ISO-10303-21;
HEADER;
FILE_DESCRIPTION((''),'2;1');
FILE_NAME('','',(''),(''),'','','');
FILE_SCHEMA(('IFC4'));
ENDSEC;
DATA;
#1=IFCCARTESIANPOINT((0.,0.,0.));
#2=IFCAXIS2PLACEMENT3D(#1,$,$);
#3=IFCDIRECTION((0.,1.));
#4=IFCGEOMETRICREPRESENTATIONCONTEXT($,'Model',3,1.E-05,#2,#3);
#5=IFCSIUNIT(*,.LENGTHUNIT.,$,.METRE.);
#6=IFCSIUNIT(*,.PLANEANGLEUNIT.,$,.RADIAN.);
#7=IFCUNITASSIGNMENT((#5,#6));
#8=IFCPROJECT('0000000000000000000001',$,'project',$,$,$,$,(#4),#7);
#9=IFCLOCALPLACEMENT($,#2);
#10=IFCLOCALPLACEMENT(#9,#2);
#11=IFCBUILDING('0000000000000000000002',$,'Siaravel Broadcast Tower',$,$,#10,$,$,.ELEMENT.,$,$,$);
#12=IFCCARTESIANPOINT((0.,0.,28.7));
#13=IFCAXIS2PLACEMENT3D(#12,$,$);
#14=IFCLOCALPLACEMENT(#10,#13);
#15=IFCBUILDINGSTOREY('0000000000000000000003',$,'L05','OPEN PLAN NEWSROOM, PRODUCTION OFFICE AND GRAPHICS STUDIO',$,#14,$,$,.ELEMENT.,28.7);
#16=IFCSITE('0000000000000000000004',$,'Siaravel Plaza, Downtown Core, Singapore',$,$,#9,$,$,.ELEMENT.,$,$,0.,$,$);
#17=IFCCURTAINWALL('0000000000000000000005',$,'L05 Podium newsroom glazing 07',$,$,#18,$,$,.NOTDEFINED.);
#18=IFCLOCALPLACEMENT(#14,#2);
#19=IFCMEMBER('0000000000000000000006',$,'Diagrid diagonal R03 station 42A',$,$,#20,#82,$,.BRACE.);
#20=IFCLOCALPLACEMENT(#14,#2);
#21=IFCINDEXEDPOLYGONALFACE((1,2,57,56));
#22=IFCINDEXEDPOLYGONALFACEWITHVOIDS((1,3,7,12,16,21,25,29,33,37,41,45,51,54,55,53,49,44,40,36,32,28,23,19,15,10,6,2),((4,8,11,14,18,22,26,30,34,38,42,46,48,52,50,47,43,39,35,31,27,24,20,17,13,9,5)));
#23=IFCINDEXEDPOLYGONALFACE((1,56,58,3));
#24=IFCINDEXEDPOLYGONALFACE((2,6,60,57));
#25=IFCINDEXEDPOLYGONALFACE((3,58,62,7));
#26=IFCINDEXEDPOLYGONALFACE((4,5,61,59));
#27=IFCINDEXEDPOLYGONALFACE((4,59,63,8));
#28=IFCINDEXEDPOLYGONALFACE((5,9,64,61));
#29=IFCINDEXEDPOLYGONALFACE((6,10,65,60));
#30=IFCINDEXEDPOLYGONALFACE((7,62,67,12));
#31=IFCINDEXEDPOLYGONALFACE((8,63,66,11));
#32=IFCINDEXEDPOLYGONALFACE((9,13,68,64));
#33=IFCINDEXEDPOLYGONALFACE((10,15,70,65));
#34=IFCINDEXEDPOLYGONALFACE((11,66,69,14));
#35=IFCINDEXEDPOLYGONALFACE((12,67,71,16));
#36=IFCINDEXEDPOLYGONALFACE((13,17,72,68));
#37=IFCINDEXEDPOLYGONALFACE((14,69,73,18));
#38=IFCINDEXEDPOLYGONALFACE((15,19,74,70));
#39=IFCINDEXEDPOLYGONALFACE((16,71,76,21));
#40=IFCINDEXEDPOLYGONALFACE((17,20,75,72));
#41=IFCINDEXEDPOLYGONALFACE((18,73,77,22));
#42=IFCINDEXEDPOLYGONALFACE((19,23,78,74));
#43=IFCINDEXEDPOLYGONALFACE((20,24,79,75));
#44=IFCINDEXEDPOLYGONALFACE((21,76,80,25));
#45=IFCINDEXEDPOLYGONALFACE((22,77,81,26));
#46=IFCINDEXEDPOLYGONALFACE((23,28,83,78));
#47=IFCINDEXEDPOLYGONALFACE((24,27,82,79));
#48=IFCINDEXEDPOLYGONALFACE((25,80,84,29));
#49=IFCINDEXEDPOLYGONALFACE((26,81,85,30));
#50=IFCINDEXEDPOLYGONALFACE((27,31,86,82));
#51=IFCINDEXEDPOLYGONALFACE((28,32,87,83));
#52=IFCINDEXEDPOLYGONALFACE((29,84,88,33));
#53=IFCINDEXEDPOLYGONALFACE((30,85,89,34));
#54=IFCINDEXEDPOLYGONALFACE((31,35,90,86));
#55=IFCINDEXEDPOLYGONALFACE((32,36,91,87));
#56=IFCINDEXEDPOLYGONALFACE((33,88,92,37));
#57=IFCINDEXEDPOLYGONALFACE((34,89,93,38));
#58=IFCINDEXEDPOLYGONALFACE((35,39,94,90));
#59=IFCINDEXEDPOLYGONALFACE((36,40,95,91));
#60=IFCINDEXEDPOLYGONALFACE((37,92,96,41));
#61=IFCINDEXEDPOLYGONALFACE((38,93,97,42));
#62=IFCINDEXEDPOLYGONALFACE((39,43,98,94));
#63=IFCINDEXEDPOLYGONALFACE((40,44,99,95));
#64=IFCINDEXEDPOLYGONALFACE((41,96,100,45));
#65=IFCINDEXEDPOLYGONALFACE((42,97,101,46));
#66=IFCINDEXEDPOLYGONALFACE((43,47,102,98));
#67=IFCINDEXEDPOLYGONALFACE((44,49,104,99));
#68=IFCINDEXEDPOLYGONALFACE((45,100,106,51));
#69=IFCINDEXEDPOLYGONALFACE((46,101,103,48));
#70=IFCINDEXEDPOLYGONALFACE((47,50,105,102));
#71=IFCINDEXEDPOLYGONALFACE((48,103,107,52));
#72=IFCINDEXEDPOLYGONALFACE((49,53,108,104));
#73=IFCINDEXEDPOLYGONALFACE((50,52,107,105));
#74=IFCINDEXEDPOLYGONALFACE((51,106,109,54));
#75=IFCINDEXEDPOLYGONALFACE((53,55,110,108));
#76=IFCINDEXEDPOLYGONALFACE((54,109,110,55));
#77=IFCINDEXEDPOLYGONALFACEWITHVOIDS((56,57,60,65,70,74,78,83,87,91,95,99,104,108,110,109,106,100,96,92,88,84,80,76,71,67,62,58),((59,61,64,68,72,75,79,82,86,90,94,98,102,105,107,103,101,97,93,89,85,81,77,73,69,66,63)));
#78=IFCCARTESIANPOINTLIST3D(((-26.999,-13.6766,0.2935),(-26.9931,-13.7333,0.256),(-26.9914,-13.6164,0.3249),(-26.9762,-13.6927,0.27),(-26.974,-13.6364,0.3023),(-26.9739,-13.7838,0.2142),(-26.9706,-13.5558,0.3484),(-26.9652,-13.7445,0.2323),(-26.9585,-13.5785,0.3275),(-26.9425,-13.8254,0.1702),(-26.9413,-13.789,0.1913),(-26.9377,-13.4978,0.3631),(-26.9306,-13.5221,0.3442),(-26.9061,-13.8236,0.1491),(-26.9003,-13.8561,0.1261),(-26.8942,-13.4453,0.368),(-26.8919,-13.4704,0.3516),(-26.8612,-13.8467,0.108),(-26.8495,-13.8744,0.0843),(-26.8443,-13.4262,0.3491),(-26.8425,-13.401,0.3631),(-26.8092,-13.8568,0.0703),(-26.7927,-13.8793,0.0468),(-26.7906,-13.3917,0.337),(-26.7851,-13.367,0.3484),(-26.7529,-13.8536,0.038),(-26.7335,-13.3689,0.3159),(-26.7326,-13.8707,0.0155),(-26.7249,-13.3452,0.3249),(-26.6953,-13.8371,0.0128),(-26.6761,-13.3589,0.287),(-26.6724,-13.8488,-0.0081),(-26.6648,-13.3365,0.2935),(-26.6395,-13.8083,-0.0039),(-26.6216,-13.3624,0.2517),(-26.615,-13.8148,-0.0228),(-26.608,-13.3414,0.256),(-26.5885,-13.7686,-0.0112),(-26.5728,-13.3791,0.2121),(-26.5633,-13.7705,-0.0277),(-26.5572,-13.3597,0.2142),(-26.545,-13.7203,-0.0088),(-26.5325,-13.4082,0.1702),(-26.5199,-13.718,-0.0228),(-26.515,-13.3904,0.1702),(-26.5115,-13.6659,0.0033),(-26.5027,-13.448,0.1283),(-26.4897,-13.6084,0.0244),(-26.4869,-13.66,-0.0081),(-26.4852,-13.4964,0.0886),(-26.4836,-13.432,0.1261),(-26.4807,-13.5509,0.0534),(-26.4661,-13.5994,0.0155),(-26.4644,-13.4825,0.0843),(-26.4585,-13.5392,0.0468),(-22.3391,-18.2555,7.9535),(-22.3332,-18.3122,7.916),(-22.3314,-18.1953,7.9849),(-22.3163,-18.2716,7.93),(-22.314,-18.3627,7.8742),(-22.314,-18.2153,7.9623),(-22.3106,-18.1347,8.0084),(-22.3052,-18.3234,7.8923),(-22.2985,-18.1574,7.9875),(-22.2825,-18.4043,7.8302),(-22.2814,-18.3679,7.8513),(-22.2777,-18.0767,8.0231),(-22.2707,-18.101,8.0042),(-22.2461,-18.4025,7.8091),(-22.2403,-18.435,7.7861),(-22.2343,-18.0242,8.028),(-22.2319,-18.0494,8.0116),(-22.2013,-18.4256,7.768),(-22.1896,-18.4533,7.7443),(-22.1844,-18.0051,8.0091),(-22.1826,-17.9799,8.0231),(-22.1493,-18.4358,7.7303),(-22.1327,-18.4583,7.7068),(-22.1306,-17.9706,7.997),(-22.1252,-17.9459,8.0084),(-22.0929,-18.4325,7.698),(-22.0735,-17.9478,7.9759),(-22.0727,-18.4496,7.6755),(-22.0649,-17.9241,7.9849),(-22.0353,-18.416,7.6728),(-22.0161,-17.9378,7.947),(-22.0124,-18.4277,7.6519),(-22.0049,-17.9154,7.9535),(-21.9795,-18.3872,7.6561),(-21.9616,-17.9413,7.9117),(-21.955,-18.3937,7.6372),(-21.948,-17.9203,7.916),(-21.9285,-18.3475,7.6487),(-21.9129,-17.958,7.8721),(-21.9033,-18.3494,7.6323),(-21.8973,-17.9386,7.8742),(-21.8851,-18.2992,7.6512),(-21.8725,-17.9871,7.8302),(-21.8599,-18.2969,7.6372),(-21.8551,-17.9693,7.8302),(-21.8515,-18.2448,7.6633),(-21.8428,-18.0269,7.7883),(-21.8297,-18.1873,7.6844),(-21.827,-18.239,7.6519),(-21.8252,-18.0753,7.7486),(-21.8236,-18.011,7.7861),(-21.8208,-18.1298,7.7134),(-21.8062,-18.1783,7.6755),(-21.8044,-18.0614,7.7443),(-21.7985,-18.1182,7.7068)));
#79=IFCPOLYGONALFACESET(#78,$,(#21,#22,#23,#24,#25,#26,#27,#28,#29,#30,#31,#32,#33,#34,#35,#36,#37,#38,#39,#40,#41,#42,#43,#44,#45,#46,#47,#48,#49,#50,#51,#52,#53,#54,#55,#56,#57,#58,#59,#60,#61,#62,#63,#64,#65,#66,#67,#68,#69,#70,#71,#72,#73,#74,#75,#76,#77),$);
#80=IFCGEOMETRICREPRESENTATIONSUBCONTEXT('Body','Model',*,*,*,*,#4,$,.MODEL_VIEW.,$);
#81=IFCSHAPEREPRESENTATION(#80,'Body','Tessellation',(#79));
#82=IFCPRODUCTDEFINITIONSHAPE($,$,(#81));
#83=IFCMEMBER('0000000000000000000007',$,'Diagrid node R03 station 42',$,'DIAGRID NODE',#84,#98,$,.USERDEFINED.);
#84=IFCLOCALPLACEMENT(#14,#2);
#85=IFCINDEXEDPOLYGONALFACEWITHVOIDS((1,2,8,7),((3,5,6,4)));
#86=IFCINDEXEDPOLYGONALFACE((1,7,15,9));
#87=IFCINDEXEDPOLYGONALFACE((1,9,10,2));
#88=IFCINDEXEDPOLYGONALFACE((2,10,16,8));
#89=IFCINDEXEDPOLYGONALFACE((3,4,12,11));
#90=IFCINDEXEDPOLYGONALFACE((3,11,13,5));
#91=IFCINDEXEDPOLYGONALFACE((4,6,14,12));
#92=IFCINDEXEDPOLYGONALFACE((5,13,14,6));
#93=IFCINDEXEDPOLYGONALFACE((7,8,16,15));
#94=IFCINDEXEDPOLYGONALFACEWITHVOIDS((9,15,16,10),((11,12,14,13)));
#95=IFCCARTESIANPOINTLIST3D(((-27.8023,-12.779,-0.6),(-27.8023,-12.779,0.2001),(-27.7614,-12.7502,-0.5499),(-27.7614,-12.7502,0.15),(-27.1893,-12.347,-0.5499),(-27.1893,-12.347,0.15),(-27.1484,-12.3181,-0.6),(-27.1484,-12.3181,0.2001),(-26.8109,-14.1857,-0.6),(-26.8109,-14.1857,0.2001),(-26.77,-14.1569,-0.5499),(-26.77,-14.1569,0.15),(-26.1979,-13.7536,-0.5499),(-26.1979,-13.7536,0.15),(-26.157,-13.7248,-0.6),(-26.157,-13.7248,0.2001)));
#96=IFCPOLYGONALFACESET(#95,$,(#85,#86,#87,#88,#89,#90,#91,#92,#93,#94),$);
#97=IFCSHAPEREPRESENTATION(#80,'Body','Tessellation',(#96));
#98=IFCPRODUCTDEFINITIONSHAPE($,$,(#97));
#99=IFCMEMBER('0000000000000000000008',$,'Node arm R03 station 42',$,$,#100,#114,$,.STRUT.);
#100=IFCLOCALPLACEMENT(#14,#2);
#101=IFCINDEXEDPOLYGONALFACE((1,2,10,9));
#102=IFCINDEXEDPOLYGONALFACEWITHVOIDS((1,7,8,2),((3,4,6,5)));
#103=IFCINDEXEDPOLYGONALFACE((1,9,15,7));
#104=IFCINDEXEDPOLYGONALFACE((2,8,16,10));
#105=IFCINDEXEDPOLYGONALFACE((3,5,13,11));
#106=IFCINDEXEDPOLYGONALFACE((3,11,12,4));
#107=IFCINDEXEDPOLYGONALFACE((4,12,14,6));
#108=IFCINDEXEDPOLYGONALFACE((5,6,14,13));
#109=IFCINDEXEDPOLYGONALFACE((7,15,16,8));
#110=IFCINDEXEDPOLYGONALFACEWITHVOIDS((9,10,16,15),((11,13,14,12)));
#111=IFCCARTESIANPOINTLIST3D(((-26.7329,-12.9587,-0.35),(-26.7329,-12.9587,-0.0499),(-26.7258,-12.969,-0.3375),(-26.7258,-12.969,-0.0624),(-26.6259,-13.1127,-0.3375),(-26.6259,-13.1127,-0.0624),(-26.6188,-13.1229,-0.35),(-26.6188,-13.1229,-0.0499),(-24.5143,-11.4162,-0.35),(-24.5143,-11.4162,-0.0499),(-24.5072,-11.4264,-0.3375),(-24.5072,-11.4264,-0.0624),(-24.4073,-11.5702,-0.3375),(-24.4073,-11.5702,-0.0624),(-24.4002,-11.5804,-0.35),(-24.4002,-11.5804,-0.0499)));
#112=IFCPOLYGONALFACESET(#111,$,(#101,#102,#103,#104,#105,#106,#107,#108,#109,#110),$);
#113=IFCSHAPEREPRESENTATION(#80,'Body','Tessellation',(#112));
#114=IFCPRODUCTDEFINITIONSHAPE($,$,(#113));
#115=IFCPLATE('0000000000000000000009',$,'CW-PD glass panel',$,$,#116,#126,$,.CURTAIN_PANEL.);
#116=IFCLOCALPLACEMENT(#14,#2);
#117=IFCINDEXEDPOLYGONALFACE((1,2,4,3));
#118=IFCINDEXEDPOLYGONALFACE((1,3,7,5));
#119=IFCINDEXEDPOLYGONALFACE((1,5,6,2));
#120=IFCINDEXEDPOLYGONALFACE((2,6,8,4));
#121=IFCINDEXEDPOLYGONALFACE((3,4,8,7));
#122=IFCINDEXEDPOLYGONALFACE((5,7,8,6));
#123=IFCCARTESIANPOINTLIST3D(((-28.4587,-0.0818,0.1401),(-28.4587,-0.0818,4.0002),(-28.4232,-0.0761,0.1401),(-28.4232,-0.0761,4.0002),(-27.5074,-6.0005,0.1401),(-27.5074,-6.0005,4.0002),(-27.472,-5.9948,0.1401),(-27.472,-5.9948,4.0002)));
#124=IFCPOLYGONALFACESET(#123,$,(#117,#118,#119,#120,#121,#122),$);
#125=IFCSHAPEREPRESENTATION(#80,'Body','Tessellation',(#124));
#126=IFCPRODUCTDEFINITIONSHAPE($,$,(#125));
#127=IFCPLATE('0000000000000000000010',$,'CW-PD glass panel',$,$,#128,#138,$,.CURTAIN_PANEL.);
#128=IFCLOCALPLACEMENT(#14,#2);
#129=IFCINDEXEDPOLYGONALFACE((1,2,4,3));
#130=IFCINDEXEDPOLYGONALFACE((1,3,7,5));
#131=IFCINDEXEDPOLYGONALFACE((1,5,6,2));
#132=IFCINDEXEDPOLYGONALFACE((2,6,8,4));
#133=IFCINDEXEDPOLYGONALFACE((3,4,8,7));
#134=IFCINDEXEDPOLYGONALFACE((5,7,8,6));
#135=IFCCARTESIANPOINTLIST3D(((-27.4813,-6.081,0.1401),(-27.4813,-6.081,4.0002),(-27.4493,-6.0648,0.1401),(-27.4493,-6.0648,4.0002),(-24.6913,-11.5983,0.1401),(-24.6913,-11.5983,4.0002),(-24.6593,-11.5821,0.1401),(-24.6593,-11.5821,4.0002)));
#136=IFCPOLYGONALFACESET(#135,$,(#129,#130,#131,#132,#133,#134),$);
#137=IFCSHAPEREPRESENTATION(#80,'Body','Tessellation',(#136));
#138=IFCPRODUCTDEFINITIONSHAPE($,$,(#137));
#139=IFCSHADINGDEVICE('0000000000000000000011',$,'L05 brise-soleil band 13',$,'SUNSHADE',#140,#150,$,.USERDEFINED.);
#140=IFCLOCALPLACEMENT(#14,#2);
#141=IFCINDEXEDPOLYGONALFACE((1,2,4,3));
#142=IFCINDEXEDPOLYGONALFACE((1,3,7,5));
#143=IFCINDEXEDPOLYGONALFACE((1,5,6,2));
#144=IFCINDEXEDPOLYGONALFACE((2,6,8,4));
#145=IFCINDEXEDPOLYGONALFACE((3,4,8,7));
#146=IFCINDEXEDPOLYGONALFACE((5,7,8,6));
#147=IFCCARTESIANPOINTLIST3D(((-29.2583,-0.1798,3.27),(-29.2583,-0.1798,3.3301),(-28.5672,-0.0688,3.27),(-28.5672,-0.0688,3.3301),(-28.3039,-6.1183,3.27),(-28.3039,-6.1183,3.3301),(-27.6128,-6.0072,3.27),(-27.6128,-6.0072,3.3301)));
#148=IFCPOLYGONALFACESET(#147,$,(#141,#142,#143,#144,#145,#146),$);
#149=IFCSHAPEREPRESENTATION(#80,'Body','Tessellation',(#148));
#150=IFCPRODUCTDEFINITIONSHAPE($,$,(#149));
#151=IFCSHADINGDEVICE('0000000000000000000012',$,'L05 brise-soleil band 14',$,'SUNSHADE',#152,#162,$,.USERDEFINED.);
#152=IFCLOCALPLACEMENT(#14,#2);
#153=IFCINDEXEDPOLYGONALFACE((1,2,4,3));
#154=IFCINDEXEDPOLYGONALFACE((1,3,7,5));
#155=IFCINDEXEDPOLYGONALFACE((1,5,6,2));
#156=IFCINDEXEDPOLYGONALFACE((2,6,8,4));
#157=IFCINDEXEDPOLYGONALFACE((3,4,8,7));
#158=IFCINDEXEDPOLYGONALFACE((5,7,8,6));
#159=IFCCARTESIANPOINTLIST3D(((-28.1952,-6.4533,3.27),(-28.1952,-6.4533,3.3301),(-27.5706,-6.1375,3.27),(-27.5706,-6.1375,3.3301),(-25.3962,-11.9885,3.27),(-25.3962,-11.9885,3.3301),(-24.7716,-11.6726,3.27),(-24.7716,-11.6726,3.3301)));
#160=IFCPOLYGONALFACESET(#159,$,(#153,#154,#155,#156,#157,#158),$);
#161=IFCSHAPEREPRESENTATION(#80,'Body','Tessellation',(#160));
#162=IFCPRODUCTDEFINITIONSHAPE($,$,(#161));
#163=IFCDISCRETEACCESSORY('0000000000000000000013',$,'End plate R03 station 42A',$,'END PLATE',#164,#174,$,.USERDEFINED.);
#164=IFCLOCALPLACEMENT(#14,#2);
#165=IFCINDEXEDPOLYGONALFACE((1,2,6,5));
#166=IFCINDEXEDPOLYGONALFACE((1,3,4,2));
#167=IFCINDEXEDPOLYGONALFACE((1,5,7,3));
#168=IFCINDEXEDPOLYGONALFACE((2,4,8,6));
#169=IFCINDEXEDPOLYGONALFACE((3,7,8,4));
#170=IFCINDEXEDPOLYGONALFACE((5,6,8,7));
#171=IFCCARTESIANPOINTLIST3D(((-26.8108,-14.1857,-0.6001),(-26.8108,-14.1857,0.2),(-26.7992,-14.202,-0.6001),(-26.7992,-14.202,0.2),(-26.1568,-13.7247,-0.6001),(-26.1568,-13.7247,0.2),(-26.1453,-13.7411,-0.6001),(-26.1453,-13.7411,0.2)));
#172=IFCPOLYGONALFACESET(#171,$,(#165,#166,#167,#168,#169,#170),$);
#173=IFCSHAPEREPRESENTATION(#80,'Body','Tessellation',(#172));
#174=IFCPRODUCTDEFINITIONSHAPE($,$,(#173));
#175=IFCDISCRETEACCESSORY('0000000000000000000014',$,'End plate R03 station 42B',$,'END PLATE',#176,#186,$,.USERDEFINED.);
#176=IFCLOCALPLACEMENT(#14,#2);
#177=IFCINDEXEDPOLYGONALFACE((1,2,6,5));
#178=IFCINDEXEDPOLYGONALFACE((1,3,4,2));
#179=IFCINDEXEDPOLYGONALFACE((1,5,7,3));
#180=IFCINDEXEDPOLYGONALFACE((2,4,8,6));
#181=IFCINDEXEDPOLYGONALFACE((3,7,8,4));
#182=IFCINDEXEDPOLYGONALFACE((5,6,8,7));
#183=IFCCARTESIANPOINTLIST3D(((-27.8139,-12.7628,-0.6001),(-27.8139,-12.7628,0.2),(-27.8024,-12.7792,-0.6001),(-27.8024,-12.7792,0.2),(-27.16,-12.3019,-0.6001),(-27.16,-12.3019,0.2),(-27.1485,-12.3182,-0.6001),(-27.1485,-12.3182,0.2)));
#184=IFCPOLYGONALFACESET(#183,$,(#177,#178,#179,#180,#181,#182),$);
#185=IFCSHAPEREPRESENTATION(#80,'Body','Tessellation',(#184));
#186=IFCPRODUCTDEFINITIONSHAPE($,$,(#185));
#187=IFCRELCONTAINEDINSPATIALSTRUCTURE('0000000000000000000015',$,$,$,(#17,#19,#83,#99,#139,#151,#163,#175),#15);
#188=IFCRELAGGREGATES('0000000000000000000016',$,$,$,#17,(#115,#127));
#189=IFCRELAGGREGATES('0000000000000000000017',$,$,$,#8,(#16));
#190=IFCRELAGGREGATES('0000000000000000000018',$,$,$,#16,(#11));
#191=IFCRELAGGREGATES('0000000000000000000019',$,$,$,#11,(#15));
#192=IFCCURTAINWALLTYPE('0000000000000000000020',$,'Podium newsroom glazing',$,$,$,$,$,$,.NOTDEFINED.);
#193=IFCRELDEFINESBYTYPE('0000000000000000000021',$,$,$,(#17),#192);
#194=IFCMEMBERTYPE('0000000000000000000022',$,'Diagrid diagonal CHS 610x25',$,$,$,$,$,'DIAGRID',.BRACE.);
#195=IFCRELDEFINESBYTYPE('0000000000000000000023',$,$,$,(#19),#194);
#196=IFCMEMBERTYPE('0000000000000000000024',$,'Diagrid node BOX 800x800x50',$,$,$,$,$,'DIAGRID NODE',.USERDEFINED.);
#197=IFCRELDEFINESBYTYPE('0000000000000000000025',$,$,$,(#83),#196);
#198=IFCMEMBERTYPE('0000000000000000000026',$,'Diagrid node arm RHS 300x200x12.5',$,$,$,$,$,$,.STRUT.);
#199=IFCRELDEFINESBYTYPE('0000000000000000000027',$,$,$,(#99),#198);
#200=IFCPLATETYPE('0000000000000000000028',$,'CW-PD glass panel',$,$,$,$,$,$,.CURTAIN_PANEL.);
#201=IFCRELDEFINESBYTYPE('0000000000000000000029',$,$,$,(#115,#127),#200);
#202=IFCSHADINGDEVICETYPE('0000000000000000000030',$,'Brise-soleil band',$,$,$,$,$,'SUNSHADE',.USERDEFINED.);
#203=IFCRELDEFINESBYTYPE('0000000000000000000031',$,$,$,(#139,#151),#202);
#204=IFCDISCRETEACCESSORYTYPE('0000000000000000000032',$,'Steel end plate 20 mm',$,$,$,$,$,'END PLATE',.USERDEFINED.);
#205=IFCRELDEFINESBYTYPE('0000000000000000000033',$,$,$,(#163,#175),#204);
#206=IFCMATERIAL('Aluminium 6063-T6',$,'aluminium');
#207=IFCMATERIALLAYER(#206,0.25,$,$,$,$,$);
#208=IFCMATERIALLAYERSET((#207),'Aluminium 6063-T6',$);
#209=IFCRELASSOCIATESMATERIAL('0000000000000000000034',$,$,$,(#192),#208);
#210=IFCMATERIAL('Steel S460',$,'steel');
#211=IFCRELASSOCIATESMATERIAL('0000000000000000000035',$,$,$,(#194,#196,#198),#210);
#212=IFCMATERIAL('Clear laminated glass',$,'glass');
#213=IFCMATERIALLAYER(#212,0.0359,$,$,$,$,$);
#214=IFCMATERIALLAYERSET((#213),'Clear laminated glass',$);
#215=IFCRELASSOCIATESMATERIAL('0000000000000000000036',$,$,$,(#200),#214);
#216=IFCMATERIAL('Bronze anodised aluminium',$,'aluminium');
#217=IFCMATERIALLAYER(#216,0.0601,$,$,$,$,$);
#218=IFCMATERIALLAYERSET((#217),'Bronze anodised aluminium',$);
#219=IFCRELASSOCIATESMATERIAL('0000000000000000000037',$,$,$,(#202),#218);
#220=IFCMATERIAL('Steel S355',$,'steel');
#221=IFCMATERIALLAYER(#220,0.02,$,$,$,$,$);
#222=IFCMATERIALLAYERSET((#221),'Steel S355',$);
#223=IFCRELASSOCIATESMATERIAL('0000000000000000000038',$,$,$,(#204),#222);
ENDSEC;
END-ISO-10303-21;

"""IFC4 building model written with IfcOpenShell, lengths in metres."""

from ifc_helpers import new_model, si_unit, direction, frame, origin, origin_2d, place, context, subcontext, project, spatial, rectangle, hollow_rectangle, hollow_circle, extrude, material, layer, layer_set, material_profile, profile_set, type_object, element, aggregate, save


model = new_model("IFC4")

# Units and contexts
model_context = context("Model", 3, precision=1e-05, world=origin(), true_north=direction((0.0, 1.0)))
body_context = subcontext(model_context, "Body", "Model", "MODEL_VIEW")
ifc_project = project(units=[si_unit("LENGTHUNIT", "METRE"), si_unit("PLANEANGLEUNIT", "RADIAN")], contexts=[model_context])

# Site, building, storey
site_placement = place(None, origin())
site = spatial("IfcSite", under=ifc_project, at=site_placement, Name="Siaravel Plaza, Downtown Core, Singapore", CompositionType="ELEMENT", RefElevation=0.0)
building_placement = place(site_placement, origin())
building = spatial("IfcBuilding", under=site, at=building_placement, Name="Siaravel Broadcast Tower", CompositionType="ELEMENT")
storey_placement = place(building_placement, frame((0.0, 0.0, 28.7)))
storey = spatial("IfcBuildingStorey", under=building, at=storey_placement, Name="L05", Description="OPEN PLAN NEWSROOM, PRODUCTION OFFICE AND GRAPHICS STUDIO", CompositionType="ELEMENT", Elevation=28.7)

# Shared definitions
ifc_material_1 = material(Name="Steel S355", Category="steel")

# Curtain wall
ifc_material_2 = material(Name="Aluminium 6063-T6", Category="aluminium")
ifc_layer_1 = layer(ifc_material_2, 0.25)
ifc_layer_set_1 = layer_set([ifc_layer_1], Name="Aluminium 6063-T6")
curtain_wall_type = type_object("IfcCurtainWallType", Name="Podium newsroom glazing", PredefinedType="NOTDEFINED", material=ifc_layer_set_1)
curtain_wall_1_placement = place(storey_placement, origin())
curtain_wall_1 = element("IfcCurtainWall", 1, at=curtain_wall_1_placement, inside=storey, type_object=curtain_wall_type, Name="L05 Podium newsroom glazing 07", PredefinedType="NOTDEFINED")

# Members
ifc_material_3 = material(Name="Steel S460", Category="steel")
ifc_material_profile_1 = material_profile(ifc_material_3, hollow_circle(Radius=0.3049, WallThickness=0.0249, at=origin_2d()))
ifc_profile_set_1 = profile_set([ifc_material_profile_1], Name="Steel S460")
member_type_1 = type_object("IfcMemberType", Name="Diagrid diagonal CHS 610x25", ElementType="DIAGRID", PredefinedType="BRACE", material=ifc_profile_set_1)
member_1_placement = place(storey_placement, frame((-26.7288, -13.6079, 0.1702), z_axis=(0.462866, -0.454815, 0.760854), x_axis=(0.700876, 0.713283, 0.0)))
element("IfcMember", 2, at=member_1_placement, inside=storey, type_object=member_type_1, Name="Diagrid diagonal R03 station 42A", PredefinedType="BRACE", context=body_context, shape_type="SweptSolid", body=[
    extrude(hollow_circle(Radius=0.3049, WallThickness=0.0249, at=origin_2d()), origin(), (0.0, 0.0, 1.0), 10.0676),
])
ifc_material_profile_2 = material_profile(ifc_material_3, hollow_rectangle(XDim=0.8, YDim=0.8, WallThickness=0.05, at=origin_2d()))
ifc_profile_set_2 = profile_set([ifc_material_profile_2], Name="Steel S460")
member_type_2 = type_object("IfcMemberType", Name="Diagrid node BOX 800x800x50", ElementType="DIAGRID NODE", PredefinedType="USERDEFINED", material=ifc_profile_set_2)
member_2_placement = place(storey_placement, frame((-27.4753, -12.5486, -0.2), z_axis=(0.576087, -0.817388, 0.0), x_axis=(0.817388, 0.576087, 0.0)))
element("IfcMember", 3, at=member_2_placement, inside=storey, type_object=member_type_2, Name="Diagrid node R03 station 42", ObjectType="DIAGRID NODE", PredefinedType="USERDEFINED", context=body_context, shape_type="SweptSolid", body=[
    extrude(hollow_rectangle(XDim=0.8, YDim=0.8, WallThickness=0.05, at=origin_2d()), origin(), (0.0, 0.0, 1.0), 1.7209),
])
ifc_material_profile_3 = material_profile(ifc_material_3, hollow_rectangle(XDim=0.2, YDim=0.3, WallThickness=0.0125, at=origin_2d()))
ifc_profile_set_3 = profile_set([ifc_material_profile_3], Name="Steel S460")
member_type_3 = type_object("IfcMemberType", Name="Diagrid node arm RHS 300x200x12.5", PredefinedType="STRUT", material=ifc_profile_set_3)
member_3_placement = place(storey_placement, frame((-24.4573, -11.4983, -0.2), z_axis=(-0.821049, -0.570858, 0.0), x_axis=(0.570858, -0.821049, 0.0)))
element("IfcMember", 4, at=member_3_placement, inside=storey, type_object=member_type_3, Name="Node arm R03 station 42", PredefinedType="STRUT", context=body_context, shape_type="SweptSolid", body=[
    extrude(hollow_rectangle(XDim=0.2, YDim=0.3, WallThickness=0.0125, at=origin_2d()), origin(), (0.0, 0.0, 1.0), 2.7021),
])

# Plates
ifc_material_4 = material(Name="Clear laminated glass", Category="glass")
ifc_layer_2 = layer(ifc_material_4, 0.0359)
ifc_layer_set_2 = layer_set([ifc_layer_2], Name="Clear laminated glass")
plate_type = type_object("IfcPlateType", Name="CW-PD glass panel", PredefinedType="CURTAIN_PANEL", material=ifc_layer_set_2)
plate_1_placement = place(storey_placement, frame((-27.9653, -3.0383, 0.1401), z_axis=(0.0, 0.0, 1.0), x_axis=(0.158686, -0.987329, 0.0)))
plate_1 = element("IfcPlate", 5, at=plate_1_placement, type_object=plate_type, Name="CW-PD glass panel", PredefinedType="CURTAIN_PANEL", context=body_context, shape_type="SweptSolid", body=[
    extrude(rectangle(XDim=5.9946, YDim=0.0359, at=origin_2d()), origin(), (0.0, 0.0, 1.0), 3.8601),
])
plate_2_placement = place(storey_placement, frame((-26.0703, -8.8315, 0.1401), z_axis=(0.0, 0.0, 1.0), x_axis=(0.451262, -0.892391, 0.0)))
plate_2 = element("IfcPlate", 6, at=plate_2_placement, type_object=plate_type, Name="CW-PD glass panel", PredefinedType="CURTAIN_PANEL", context=body_context, shape_type="SweptSolid", body=[
    extrude(rectangle(XDim=6.1826, YDim=0.0359, at=origin_2d()), origin(), (0.0, 0.0, 1.0), 3.8601),
])
aggregate(curtain_wall_1, [plate_1, plate_2])

# Shading devices
ifc_material_5 = material(Name="Bronze anodised aluminium", Category="aluminium")
ifc_layer_3 = layer(ifc_material_5, 0.0601)
ifc_layer_set_3 = layer_set([ifc_layer_3], Name="Bronze anodised aluminium")
shading_device_type = type_object("IfcShadingDeviceType", Name="Brise-soleil band", ElementType="SUNSHADE", PredefinedType="USERDEFINED", material=ifc_layer_set_3)
shading_device_1_placement = place(storey_placement, frame((-28.4355, -3.0935, 3.27), z_axis=(0.0, 0.0, 1.0), x_axis=(0.158685, -0.987329, 0.0)))
element("IfcShadingDevice", 7, at=shading_device_1_placement, inside=storey, type_object=shading_device_type, Name="L05 brise-soleil band 13", ObjectType="SUNSHADE", PredefinedType="USERDEFINED", context=body_context, shape_type="SweptSolid", body=[
    extrude(rectangle(XDim=6.0146, YDim=0.7, at=origin_2d()), origin(), (0.0, 0.0, 1.0), 0.0601),
])
shading_device_2_placement = place(storey_placement, frame((-26.4834, -9.063, 3.27), z_axis=(0.0, 0.0, 1.0), x_axis=(0.451262, -0.892391, 0.0)))
element("IfcShadingDevice", 8, at=shading_device_2_placement, inside=storey, type_object=shading_device_type, Name="L05 brise-soleil band 14", ObjectType="SUNSHADE", PredefinedType="USERDEFINED", context=body_context, shape_type="SweptSolid", body=[
    extrude(rectangle(XDim=6.2026, YDim=0.7, at=origin_2d()), origin(), (0.0, 0.0, 1.0), 0.0601),
])

# Discrete accessories
ifc_layer_4 = layer(ifc_material_1, 0.02)
ifc_layer_set_4 = layer_set([ifc_layer_4], Name="Steel S355")
discrete_accessory_type = type_object("IfcDiscreteAccessoryType", Name="Steel end plate 20 mm", ElementType="END PLATE", PredefinedType="USERDEFINED", material=ifc_layer_set_4)
for number, where, z_axis, x_axis, name in (
    (9, (-26.478, -13.9634, -0.6001), (0.0, 0.0, 1.0), (0.57612, -0.817365, 0.0), "End plate R03 station 42A"),
    (10, (-27.4812, -12.5405, -0.6001), (0.0, 0.0, 1.0), (0.57612, -0.817365, 0.0), "End plate R03 station 42B"),
):
    element("IfcDiscreteAccessory", number, at=place(storey_placement, frame(where, z_axis=z_axis, x_axis=x_axis)), inside=storey, type_object=discrete_accessory_type, Name=name, ObjectType="END PLATE", PredefinedType="USERDEFINED", context=body_context, shape_type="SweptSolid", body=[
        extrude(rectangle(XDim=0.02, YDim=0.8, at=origin_2d()), origin(), (0.0, 0.0, 1.0), 0.8),
    ])

save(model, "model.ifc")
